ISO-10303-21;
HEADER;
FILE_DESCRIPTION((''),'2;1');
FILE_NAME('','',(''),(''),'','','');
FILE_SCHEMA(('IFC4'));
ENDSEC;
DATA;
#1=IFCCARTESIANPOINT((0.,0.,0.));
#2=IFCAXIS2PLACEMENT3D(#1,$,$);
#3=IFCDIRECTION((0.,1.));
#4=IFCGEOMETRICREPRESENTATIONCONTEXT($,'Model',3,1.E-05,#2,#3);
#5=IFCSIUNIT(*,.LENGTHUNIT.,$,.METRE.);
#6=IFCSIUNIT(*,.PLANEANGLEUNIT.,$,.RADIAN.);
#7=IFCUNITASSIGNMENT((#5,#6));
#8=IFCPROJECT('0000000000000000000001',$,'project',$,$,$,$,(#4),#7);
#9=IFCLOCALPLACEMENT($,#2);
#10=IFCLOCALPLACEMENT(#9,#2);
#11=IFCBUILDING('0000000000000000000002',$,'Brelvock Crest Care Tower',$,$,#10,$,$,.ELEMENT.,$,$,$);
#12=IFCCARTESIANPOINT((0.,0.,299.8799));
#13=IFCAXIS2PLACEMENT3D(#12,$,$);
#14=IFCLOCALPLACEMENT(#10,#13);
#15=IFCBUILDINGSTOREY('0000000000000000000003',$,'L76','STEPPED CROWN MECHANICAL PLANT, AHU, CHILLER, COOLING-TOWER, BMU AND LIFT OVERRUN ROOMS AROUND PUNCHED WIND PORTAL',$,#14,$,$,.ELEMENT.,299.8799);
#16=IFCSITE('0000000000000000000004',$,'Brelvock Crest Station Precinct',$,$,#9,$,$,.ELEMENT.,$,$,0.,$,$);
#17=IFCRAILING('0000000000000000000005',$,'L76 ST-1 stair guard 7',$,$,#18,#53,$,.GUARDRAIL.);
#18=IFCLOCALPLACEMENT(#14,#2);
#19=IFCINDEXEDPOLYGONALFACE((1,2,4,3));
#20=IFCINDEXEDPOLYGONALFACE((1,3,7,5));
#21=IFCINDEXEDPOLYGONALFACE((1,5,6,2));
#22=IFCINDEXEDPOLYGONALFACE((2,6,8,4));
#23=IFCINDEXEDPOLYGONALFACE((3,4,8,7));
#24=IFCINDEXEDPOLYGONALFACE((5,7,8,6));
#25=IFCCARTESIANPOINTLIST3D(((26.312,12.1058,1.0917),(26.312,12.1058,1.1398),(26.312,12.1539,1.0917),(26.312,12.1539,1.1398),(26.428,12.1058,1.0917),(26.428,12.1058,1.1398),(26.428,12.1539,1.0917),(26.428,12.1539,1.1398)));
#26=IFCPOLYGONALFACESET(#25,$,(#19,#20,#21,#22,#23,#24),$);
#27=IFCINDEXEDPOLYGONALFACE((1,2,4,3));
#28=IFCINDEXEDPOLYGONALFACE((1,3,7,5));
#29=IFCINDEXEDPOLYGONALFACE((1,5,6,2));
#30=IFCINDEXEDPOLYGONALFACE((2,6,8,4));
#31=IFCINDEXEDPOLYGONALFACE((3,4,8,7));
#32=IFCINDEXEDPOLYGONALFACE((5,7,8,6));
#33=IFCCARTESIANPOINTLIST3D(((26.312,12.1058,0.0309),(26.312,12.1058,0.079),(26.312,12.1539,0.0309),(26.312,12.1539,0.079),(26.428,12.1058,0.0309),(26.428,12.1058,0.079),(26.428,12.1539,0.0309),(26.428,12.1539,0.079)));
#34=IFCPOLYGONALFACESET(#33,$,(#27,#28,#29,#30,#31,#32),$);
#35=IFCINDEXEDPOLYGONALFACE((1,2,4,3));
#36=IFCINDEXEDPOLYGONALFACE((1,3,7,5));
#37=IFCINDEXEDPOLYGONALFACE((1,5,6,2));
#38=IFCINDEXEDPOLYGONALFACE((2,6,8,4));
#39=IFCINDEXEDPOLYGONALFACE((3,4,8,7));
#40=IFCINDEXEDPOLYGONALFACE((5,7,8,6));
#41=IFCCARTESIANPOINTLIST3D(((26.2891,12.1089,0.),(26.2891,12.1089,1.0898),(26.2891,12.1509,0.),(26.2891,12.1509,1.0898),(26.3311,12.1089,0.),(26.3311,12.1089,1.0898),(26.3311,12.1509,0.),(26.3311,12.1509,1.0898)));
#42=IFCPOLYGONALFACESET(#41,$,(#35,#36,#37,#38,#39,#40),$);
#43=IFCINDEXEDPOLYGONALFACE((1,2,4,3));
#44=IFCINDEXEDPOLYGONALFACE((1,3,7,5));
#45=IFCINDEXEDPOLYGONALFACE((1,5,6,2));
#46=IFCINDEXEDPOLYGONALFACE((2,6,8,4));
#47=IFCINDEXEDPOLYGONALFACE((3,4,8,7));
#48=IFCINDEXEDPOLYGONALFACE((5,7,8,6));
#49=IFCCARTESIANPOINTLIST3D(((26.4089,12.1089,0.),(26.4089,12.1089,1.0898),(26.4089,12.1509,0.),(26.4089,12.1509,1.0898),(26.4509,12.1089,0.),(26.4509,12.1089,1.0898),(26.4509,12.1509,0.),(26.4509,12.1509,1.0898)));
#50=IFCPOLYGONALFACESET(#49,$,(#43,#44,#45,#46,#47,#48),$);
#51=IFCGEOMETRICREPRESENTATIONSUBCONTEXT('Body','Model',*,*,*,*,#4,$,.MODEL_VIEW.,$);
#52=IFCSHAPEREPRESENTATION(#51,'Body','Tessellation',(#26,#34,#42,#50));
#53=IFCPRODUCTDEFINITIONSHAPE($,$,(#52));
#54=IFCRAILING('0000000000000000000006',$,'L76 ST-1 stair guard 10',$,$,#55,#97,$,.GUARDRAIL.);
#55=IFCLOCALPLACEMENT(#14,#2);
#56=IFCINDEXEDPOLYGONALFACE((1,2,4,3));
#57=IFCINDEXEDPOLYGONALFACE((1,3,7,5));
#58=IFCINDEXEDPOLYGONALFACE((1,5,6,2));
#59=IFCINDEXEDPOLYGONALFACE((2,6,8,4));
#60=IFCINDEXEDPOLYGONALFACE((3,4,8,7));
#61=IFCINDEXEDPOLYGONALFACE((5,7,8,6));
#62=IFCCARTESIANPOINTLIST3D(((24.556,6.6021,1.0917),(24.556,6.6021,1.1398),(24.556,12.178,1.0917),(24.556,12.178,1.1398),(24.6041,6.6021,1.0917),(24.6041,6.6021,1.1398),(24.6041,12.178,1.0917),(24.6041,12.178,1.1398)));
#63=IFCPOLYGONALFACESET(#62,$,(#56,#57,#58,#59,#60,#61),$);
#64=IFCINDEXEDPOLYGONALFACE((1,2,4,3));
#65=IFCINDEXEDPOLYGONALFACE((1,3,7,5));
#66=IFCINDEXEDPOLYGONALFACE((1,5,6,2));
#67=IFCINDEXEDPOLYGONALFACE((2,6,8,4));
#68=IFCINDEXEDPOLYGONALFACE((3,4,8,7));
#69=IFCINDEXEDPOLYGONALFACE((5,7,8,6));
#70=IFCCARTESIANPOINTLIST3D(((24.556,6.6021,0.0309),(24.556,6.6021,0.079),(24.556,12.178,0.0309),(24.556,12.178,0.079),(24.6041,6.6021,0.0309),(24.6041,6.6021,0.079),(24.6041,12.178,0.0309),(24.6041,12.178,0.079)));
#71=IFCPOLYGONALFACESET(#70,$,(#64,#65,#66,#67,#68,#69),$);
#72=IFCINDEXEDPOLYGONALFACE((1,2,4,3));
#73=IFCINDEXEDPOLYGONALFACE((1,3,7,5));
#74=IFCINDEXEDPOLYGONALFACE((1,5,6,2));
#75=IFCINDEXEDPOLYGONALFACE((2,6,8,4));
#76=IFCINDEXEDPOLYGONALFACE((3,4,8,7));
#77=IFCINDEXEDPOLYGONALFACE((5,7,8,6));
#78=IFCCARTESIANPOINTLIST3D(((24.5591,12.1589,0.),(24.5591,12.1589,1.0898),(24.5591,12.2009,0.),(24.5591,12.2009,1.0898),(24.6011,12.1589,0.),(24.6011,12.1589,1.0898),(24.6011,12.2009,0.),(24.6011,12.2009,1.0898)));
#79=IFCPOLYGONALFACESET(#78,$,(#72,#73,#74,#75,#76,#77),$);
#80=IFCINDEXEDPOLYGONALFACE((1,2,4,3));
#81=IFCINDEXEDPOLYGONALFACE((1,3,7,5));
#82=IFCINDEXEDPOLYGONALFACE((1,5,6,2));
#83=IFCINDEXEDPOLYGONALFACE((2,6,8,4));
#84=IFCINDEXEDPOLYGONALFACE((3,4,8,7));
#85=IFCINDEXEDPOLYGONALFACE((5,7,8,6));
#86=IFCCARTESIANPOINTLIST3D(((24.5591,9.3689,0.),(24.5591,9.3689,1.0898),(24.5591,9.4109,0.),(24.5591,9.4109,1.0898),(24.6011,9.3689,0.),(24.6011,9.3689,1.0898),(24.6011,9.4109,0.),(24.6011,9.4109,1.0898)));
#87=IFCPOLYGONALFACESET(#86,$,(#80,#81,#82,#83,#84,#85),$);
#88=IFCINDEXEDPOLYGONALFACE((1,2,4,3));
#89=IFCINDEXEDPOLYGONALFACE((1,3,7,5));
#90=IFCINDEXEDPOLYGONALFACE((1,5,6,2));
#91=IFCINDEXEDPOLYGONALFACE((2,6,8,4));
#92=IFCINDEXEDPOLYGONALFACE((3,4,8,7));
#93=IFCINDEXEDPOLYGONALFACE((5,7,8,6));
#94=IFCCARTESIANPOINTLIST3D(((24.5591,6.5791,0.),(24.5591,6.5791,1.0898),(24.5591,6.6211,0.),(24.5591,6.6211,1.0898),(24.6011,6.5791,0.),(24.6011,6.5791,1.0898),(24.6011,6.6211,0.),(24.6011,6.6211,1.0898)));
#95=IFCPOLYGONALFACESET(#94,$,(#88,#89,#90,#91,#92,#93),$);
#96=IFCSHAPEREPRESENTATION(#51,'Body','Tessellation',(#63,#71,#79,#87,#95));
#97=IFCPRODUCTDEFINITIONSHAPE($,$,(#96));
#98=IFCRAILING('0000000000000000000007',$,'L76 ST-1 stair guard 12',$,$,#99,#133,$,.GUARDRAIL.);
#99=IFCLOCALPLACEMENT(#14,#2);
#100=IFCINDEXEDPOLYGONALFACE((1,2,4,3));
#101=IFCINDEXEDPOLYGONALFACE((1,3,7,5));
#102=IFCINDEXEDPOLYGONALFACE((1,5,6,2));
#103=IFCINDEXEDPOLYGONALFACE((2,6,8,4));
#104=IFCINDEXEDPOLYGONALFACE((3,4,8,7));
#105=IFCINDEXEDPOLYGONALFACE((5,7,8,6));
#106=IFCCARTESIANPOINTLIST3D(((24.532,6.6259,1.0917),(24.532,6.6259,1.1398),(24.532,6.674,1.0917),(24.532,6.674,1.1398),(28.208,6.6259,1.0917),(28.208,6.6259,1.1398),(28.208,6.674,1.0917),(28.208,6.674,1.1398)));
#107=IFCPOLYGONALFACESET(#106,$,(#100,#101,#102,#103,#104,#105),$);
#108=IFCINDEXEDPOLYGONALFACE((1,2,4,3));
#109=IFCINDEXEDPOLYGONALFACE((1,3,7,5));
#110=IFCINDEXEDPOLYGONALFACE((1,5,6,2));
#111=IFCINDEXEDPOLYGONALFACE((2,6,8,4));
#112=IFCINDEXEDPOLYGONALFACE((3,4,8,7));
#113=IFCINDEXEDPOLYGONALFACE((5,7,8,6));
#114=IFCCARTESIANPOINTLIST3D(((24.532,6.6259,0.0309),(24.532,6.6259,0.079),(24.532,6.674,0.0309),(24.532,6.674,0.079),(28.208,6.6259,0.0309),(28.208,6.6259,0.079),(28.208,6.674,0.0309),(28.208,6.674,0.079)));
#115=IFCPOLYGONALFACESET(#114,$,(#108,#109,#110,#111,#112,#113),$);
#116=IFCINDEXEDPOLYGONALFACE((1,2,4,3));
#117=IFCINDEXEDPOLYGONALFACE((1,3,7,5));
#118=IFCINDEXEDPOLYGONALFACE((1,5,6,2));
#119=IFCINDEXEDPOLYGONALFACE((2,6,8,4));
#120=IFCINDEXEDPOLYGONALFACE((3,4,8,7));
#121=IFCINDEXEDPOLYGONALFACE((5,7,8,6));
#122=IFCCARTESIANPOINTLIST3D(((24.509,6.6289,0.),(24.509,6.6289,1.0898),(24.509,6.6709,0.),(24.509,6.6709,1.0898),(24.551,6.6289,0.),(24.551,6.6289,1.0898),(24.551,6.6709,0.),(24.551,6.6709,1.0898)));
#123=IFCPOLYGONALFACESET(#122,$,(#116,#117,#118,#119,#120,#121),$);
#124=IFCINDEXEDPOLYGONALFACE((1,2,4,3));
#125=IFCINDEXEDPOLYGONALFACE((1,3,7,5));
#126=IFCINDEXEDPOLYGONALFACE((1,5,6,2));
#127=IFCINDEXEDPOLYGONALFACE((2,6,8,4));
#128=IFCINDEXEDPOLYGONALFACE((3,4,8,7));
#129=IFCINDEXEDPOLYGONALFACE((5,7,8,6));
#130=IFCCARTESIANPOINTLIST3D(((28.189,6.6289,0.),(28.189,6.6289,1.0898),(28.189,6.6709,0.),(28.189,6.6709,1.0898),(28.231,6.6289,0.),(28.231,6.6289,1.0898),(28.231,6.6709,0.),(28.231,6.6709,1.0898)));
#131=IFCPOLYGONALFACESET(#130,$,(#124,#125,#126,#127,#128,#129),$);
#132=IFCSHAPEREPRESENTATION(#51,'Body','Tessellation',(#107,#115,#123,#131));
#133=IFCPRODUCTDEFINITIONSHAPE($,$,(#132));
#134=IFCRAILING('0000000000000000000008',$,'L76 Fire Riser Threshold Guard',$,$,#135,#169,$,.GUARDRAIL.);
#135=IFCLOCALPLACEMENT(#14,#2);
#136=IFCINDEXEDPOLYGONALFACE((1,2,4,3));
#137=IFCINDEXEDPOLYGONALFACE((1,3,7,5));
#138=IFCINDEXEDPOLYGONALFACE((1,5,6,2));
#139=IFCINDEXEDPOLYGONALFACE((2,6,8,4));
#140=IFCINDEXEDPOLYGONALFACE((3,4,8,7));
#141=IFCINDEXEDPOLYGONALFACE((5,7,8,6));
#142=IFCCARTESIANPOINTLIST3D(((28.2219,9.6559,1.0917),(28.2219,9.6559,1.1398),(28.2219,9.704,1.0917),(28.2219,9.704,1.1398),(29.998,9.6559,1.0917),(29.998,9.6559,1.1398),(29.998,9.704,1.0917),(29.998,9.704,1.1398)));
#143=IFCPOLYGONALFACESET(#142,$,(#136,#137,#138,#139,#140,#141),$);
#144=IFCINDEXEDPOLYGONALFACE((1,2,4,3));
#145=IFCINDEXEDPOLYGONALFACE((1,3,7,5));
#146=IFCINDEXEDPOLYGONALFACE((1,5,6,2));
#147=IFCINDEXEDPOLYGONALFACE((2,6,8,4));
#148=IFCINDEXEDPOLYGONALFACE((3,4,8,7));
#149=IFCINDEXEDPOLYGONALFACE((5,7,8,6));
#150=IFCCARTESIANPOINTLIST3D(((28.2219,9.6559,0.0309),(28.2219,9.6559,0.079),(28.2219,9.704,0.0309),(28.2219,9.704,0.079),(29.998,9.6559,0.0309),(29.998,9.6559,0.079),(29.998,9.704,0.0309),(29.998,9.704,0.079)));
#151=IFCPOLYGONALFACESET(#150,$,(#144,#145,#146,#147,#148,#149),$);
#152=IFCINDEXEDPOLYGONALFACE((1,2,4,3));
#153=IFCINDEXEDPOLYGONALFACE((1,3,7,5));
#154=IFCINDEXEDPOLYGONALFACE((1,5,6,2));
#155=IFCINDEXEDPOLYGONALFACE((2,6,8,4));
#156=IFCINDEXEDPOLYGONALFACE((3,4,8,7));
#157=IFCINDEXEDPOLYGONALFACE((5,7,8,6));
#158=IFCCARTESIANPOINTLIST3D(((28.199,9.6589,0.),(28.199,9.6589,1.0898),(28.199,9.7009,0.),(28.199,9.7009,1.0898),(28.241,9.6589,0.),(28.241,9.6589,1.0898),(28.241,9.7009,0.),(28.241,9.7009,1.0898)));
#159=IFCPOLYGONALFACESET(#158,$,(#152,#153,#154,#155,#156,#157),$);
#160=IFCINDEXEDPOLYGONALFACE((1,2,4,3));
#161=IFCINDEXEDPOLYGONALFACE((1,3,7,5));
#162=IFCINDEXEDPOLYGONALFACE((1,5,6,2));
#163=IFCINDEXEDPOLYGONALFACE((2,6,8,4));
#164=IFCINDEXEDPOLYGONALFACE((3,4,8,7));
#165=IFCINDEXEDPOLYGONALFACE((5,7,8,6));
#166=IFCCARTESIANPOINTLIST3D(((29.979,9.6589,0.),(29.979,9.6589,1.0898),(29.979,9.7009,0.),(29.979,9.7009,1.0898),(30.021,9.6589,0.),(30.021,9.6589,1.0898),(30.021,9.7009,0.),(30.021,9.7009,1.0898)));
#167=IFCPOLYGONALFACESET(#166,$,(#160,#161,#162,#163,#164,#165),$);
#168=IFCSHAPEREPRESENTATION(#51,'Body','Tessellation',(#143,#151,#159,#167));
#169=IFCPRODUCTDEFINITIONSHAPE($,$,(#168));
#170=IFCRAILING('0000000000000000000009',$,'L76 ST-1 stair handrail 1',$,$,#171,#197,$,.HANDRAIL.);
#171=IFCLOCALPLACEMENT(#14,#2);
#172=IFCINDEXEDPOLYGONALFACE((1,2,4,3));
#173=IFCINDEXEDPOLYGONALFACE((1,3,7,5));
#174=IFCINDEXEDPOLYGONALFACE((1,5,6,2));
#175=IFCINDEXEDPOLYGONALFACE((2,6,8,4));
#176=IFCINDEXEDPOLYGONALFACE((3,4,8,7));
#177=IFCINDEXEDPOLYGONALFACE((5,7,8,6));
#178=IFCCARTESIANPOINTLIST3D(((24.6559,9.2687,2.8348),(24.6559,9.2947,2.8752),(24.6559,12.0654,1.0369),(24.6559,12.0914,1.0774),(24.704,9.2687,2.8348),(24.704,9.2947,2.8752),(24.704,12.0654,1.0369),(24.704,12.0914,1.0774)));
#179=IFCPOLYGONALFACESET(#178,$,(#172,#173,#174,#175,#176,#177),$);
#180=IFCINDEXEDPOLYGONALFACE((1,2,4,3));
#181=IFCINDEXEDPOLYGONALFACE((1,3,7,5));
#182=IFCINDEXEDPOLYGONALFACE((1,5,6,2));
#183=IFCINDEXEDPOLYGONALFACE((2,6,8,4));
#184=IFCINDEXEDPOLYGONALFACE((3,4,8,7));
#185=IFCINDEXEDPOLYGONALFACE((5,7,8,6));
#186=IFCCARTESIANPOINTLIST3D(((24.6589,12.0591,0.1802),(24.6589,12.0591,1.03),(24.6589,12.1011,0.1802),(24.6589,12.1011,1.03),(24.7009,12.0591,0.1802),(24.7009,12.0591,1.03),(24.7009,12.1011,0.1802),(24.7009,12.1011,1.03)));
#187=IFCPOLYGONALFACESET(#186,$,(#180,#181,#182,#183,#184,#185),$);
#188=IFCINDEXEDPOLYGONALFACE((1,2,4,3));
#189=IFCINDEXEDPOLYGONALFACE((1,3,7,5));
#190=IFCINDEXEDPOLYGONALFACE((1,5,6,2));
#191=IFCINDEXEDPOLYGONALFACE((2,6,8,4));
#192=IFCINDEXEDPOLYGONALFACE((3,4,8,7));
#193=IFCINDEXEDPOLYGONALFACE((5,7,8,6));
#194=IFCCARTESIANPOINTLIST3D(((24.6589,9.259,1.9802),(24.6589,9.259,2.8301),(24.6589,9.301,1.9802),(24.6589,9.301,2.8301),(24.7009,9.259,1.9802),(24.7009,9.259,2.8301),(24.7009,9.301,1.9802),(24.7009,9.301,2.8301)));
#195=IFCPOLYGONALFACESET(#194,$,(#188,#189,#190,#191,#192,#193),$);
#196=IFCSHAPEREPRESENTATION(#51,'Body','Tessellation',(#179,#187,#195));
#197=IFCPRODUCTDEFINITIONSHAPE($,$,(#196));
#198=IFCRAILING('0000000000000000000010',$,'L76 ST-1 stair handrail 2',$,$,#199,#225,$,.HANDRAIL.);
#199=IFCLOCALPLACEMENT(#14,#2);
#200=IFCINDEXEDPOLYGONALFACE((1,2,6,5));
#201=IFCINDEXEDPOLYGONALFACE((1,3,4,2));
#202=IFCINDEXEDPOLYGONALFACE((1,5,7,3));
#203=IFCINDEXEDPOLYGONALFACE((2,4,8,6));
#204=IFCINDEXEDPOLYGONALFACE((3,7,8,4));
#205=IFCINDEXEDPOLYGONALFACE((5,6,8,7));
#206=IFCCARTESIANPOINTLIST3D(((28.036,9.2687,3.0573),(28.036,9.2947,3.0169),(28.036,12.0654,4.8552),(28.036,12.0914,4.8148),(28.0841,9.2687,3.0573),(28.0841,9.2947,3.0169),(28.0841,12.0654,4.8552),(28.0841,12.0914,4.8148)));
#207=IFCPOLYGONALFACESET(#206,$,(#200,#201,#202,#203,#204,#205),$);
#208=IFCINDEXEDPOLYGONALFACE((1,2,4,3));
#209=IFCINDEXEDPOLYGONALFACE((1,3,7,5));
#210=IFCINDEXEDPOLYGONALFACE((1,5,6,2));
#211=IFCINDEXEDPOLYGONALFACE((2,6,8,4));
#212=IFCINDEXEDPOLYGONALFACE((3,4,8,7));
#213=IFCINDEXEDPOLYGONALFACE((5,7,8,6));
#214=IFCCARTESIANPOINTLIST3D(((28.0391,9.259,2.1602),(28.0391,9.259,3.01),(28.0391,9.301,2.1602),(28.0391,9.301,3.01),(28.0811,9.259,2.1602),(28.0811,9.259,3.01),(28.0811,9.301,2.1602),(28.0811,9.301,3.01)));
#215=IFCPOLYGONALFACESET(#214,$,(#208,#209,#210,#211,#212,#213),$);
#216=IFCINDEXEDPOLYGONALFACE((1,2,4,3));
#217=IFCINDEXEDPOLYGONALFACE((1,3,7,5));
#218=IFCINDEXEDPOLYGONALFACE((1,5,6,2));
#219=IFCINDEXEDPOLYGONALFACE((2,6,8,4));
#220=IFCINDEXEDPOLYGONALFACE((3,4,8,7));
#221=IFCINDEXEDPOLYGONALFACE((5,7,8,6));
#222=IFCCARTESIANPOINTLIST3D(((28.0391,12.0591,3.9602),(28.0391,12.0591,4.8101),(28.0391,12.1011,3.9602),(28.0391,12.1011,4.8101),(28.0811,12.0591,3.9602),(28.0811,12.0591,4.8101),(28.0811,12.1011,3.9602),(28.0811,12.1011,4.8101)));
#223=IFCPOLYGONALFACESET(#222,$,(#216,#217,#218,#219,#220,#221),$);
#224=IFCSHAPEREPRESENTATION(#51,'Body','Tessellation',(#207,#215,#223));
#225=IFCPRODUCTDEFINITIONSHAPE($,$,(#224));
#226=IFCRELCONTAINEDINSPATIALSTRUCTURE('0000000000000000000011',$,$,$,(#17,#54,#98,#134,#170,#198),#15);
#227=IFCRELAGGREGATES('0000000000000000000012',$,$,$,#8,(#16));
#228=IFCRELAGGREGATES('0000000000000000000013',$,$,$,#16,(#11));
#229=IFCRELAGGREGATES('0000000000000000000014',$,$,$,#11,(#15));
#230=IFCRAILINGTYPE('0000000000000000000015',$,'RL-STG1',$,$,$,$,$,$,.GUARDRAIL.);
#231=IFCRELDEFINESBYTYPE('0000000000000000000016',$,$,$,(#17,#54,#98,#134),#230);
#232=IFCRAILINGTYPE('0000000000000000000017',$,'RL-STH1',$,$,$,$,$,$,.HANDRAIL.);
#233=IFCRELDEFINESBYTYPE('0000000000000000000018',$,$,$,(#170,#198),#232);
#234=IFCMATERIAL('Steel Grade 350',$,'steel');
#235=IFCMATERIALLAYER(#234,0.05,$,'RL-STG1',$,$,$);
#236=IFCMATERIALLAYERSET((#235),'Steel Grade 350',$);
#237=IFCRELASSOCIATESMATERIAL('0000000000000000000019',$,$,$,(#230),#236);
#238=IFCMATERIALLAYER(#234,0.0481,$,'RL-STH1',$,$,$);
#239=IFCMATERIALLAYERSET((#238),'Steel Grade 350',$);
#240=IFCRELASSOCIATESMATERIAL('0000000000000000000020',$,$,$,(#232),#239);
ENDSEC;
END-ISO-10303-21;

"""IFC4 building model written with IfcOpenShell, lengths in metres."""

from ifc_helpers import new_model, si_unit, direction, frame, origin, origin_2d, place, context, subcontext, project, spatial, rectangle, extrude, material, layer, layer_set, type_object, element, save


model = new_model("IFC4")

# Units and contexts
model_context = context("Model", 3, precision=1e-05, world=origin(), true_north=direction((0.0, 1.0)))
body_context = subcontext(model_context, "Body", "Model", "MODEL_VIEW")
ifc_project = project(units=[si_unit("LENGTHUNIT", "METRE"), si_unit("PLANEANGLEUNIT", "RADIAN")], contexts=[model_context])

# Site, building, storey
site_placement = place(None, origin())
site = spatial("IfcSite", under=ifc_project, at=site_placement, Name="Brelvock Crest Station Precinct", CompositionType="ELEMENT", RefElevation=0.0)
building_placement = place(site_placement, origin())
building = spatial("IfcBuilding", under=site, at=building_placement, Name="Brelvock Crest Care Tower", CompositionType="ELEMENT")
storey_placement = place(building_placement, frame((0.0, 0.0, 299.8799)))
storey = spatial("IfcBuildingStorey", under=building, at=storey_placement, Name="L76", Description="STEPPED CROWN MECHANICAL PLANT, AHU, CHILLER, COOLING-TOWER, BMU AND LIFT OVERRUN ROOMS AROUND PUNCHED WIND PORTAL", CompositionType="ELEMENT", Elevation=299.8799)

# Shared definitions
ifc_material_1 = material(Name="Steel Grade 350", Category="steel")

# Railings
ifc_layer_1 = layer(ifc_material_1, 0.05, Name="RL-STG1")
ifc_layer_set_1 = layer_set([ifc_layer_1], Name="Steel Grade 350")
railing_type_1 = type_object("IfcRailingType", Name="RL-STG1", PredefinedType="GUARDRAIL", material=ifc_layer_set_1)
railing_1_placement = place(storey_placement, frame((26.3101, 12.1299, 0.0)))
element("IfcRailing", 1, at=railing_1_placement, inside=storey, type_object=railing_type_1, Name="L76 ST-1 stair guard 7", PredefinedType="GUARDRAIL", context=body_context, shape_type="SweptSolid", body=[
    extrude(rectangle(XDim=0.0481, YDim=0.0481, at=origin_2d()), frame((0.002, 0.0, 1.1157), z_axis=(1.0, 0.0, 0.0), x_axis=(0.0, 1.0, 0.0)), (0.0, 0.0, 1.0), 0.116),
    extrude(rectangle(XDim=0.0481, YDim=0.0481, at=origin_2d()), frame((0.002, 0.0, 0.0549), z_axis=(1.0, 0.0, 0.0), x_axis=(0.0, 1.0, 0.0)), (0.0, 0.0, 1.0), 0.116),
    extrude(rectangle(XDim=0.042, YDim=0.042, at=origin_2d()), origin(), (0.0, 0.0, 1.0), 1.0898),
    extrude(rectangle(XDim=0.042, YDim=0.042, at=origin_2d()), frame((0.1199, 0.0, 0.0)), (0.0, 0.0, 1.0), 1.0898),
])
railing_2_placement = place(storey_placement, frame((24.5801, 12.1799, 0.0)))
element("IfcRailing", 2, at=railing_2_placement, inside=storey, type_object=railing_type_1, Name="L76 ST-1 stair guard 10", PredefinedType="GUARDRAIL", context=body_context, shape_type="SweptSolid", body=[
    extrude(rectangle(XDim=0.0481, YDim=0.0481, at=origin_2d()), frame((0.0, -0.002, 1.1157), z_axis=(0.0, -1.0, 0.0), x_axis=(1.0, 0.0, 0.0)), (0.0, 0.0, 1.0), 5.5759),
    extrude(rectangle(XDim=0.0481, YDim=0.0481, at=origin_2d()), frame((0.0, -0.002, 0.0549), z_axis=(0.0, -1.0, 0.0), x_axis=(1.0, 0.0, 0.0)), (0.0, 0.0, 1.0), 5.5759),
    extrude(rectangle(XDim=0.042, YDim=0.042, at=origin_2d()), origin(), (0.0, 0.0, 1.0), 1.0898),
    extrude(rectangle(XDim=0.042, YDim=0.042, at=origin_2d()), frame((0.0, -2.79, 0.0)), (0.0, 0.0, 1.0), 1.0898),
    extrude(rectangle(XDim=0.042, YDim=0.042, at=origin_2d()), frame((0.0, -5.5798, 0.0)), (0.0, 0.0, 1.0), 1.0898),
])
railing_3_placement = place(storey_placement, frame((24.53, 6.6499, 0.0)))
element("IfcRailing", 3, at=railing_3_placement, inside=storey, type_object=railing_type_1, Name="L76 ST-1 stair guard 12", PredefinedType="GUARDRAIL", context=body_context, shape_type="SweptSolid", body=[
    extrude(rectangle(XDim=0.0481, YDim=0.0481, at=origin_2d()), frame((0.002, 0.0, 1.1157), z_axis=(1.0, 0.0, 0.0), x_axis=(0.0, 1.0, 0.0)), (0.0, 0.0, 1.0), 3.676),
    extrude(rectangle(XDim=0.0481, YDim=0.0481, at=origin_2d()), frame((0.002, 0.0, 0.0549), z_axis=(1.0, 0.0, 0.0), x_axis=(0.0, 1.0, 0.0)), (0.0, 0.0, 1.0), 3.676),
    extrude(rectangle(XDim=0.042, YDim=0.042, at=origin_2d()), origin(), (0.0, 0.0, 1.0), 1.0898),
    extrude(rectangle(XDim=0.042, YDim=0.042, at=origin_2d()), frame((3.6799, 0.0, 0.0)), (0.0, 0.0, 1.0), 1.0898),
])
railing_4_placement = place(storey_placement, frame((28.22, 9.6799, 0.0)))
element("IfcRailing", 4, at=railing_4_placement, inside=storey, type_object=railing_type_1, Name="L76 Fire Riser Threshold Guard", PredefinedType="GUARDRAIL", context=body_context, shape_type="SweptSolid", body=[
    extrude(rectangle(XDim=0.0481, YDim=0.0481, at=origin_2d()), frame((0.002, 0.0, 1.1157), z_axis=(1.0, 0.0, 0.0), x_axis=(0.0, 1.0, 0.0)), (0.0, 0.0, 1.0), 1.7761),
    extrude(rectangle(XDim=0.0481, YDim=0.0481, at=origin_2d()), frame((0.002, 0.0, 0.0549), z_axis=(1.0, 0.0, 0.0), x_axis=(0.0, 1.0, 0.0)), (0.0, 0.0, 1.0), 1.7761),
    extrude(rectangle(XDim=0.042, YDim=0.042, at=origin_2d()), origin(), (0.0, 0.0, 1.0), 1.0898),
    extrude(rectangle(XDim=0.042, YDim=0.042, at=origin_2d()), frame((1.78, 0.0, 0.0)), (0.0, 0.0, 1.0), 1.0898),
])
ifc_layer_2 = layer(ifc_material_1, 0.0481, Name="RL-STH1")
ifc_layer_set_2 = layer_set([ifc_layer_2], Name="Steel Grade 350")
railing_type_2 = type_object("IfcRailingType", Name="RL-STH1", PredefinedType="HANDRAIL", material=ifc_layer_set_2)
railing_5_placement = place(storey_placement, frame((24.6799, 12.0801, 0.1802)))
element("IfcRailing", 5, at=railing_5_placement, inside=storey, type_object=railing_type_2, Name="L76 ST-1 stair handrail 1", PredefinedType="HANDRAIL", context=body_context, shape_type="SweptSolid", body=[
    extrude(rectangle(XDim=0.0481, YDim=0.0481, at=origin_2d()), frame((0.0, -0.0017, 0.877), z_axis=(0.0, -0.841176, 0.540761), x_axis=(1.0, 0.0, 0.0)), (0.0, 0.0, 1.0), 3.3247),
    extrude(rectangle(XDim=0.042, YDim=0.042, at=origin_2d()), origin(), (0.0, 0.0, 1.0), 0.8499),
    extrude(rectangle(XDim=0.042, YDim=0.042, at=origin_2d()), frame((0.0, -2.8, 1.8)), (0.0, 0.0, 1.0), 0.8499),
])
railing_6_placement = place(storey_placement, frame((28.0601, 9.28, 2.1602)))
element("IfcRailing", 6, at=railing_6_placement, inside=storey, type_object=railing_type_2, Name="L76 ST-1 stair handrail 2", PredefinedType="HANDRAIL", context=body_context, shape_type="SweptSolid", body=[
    extrude(rectangle(XDim=0.0481, YDim=0.0481, at=origin_2d()), frame((0.0, 0.0017, 0.877), z_axis=(0.0, 0.841176, 0.540761), x_axis=(-1.0, 0.0, 0.0)), (0.0, 0.0, 1.0), 3.3247),
    extrude(rectangle(XDim=0.042, YDim=0.042, at=origin_2d()), origin(), (0.0, 0.0, 1.0), 0.8499),
    extrude(rectangle(XDim=0.042, YDim=0.042, at=origin_2d()), frame((0.0, 2.8, 1.8)), (0.0, 0.0, 1.0), 0.8499),
])

save(model, "model.ifc")
